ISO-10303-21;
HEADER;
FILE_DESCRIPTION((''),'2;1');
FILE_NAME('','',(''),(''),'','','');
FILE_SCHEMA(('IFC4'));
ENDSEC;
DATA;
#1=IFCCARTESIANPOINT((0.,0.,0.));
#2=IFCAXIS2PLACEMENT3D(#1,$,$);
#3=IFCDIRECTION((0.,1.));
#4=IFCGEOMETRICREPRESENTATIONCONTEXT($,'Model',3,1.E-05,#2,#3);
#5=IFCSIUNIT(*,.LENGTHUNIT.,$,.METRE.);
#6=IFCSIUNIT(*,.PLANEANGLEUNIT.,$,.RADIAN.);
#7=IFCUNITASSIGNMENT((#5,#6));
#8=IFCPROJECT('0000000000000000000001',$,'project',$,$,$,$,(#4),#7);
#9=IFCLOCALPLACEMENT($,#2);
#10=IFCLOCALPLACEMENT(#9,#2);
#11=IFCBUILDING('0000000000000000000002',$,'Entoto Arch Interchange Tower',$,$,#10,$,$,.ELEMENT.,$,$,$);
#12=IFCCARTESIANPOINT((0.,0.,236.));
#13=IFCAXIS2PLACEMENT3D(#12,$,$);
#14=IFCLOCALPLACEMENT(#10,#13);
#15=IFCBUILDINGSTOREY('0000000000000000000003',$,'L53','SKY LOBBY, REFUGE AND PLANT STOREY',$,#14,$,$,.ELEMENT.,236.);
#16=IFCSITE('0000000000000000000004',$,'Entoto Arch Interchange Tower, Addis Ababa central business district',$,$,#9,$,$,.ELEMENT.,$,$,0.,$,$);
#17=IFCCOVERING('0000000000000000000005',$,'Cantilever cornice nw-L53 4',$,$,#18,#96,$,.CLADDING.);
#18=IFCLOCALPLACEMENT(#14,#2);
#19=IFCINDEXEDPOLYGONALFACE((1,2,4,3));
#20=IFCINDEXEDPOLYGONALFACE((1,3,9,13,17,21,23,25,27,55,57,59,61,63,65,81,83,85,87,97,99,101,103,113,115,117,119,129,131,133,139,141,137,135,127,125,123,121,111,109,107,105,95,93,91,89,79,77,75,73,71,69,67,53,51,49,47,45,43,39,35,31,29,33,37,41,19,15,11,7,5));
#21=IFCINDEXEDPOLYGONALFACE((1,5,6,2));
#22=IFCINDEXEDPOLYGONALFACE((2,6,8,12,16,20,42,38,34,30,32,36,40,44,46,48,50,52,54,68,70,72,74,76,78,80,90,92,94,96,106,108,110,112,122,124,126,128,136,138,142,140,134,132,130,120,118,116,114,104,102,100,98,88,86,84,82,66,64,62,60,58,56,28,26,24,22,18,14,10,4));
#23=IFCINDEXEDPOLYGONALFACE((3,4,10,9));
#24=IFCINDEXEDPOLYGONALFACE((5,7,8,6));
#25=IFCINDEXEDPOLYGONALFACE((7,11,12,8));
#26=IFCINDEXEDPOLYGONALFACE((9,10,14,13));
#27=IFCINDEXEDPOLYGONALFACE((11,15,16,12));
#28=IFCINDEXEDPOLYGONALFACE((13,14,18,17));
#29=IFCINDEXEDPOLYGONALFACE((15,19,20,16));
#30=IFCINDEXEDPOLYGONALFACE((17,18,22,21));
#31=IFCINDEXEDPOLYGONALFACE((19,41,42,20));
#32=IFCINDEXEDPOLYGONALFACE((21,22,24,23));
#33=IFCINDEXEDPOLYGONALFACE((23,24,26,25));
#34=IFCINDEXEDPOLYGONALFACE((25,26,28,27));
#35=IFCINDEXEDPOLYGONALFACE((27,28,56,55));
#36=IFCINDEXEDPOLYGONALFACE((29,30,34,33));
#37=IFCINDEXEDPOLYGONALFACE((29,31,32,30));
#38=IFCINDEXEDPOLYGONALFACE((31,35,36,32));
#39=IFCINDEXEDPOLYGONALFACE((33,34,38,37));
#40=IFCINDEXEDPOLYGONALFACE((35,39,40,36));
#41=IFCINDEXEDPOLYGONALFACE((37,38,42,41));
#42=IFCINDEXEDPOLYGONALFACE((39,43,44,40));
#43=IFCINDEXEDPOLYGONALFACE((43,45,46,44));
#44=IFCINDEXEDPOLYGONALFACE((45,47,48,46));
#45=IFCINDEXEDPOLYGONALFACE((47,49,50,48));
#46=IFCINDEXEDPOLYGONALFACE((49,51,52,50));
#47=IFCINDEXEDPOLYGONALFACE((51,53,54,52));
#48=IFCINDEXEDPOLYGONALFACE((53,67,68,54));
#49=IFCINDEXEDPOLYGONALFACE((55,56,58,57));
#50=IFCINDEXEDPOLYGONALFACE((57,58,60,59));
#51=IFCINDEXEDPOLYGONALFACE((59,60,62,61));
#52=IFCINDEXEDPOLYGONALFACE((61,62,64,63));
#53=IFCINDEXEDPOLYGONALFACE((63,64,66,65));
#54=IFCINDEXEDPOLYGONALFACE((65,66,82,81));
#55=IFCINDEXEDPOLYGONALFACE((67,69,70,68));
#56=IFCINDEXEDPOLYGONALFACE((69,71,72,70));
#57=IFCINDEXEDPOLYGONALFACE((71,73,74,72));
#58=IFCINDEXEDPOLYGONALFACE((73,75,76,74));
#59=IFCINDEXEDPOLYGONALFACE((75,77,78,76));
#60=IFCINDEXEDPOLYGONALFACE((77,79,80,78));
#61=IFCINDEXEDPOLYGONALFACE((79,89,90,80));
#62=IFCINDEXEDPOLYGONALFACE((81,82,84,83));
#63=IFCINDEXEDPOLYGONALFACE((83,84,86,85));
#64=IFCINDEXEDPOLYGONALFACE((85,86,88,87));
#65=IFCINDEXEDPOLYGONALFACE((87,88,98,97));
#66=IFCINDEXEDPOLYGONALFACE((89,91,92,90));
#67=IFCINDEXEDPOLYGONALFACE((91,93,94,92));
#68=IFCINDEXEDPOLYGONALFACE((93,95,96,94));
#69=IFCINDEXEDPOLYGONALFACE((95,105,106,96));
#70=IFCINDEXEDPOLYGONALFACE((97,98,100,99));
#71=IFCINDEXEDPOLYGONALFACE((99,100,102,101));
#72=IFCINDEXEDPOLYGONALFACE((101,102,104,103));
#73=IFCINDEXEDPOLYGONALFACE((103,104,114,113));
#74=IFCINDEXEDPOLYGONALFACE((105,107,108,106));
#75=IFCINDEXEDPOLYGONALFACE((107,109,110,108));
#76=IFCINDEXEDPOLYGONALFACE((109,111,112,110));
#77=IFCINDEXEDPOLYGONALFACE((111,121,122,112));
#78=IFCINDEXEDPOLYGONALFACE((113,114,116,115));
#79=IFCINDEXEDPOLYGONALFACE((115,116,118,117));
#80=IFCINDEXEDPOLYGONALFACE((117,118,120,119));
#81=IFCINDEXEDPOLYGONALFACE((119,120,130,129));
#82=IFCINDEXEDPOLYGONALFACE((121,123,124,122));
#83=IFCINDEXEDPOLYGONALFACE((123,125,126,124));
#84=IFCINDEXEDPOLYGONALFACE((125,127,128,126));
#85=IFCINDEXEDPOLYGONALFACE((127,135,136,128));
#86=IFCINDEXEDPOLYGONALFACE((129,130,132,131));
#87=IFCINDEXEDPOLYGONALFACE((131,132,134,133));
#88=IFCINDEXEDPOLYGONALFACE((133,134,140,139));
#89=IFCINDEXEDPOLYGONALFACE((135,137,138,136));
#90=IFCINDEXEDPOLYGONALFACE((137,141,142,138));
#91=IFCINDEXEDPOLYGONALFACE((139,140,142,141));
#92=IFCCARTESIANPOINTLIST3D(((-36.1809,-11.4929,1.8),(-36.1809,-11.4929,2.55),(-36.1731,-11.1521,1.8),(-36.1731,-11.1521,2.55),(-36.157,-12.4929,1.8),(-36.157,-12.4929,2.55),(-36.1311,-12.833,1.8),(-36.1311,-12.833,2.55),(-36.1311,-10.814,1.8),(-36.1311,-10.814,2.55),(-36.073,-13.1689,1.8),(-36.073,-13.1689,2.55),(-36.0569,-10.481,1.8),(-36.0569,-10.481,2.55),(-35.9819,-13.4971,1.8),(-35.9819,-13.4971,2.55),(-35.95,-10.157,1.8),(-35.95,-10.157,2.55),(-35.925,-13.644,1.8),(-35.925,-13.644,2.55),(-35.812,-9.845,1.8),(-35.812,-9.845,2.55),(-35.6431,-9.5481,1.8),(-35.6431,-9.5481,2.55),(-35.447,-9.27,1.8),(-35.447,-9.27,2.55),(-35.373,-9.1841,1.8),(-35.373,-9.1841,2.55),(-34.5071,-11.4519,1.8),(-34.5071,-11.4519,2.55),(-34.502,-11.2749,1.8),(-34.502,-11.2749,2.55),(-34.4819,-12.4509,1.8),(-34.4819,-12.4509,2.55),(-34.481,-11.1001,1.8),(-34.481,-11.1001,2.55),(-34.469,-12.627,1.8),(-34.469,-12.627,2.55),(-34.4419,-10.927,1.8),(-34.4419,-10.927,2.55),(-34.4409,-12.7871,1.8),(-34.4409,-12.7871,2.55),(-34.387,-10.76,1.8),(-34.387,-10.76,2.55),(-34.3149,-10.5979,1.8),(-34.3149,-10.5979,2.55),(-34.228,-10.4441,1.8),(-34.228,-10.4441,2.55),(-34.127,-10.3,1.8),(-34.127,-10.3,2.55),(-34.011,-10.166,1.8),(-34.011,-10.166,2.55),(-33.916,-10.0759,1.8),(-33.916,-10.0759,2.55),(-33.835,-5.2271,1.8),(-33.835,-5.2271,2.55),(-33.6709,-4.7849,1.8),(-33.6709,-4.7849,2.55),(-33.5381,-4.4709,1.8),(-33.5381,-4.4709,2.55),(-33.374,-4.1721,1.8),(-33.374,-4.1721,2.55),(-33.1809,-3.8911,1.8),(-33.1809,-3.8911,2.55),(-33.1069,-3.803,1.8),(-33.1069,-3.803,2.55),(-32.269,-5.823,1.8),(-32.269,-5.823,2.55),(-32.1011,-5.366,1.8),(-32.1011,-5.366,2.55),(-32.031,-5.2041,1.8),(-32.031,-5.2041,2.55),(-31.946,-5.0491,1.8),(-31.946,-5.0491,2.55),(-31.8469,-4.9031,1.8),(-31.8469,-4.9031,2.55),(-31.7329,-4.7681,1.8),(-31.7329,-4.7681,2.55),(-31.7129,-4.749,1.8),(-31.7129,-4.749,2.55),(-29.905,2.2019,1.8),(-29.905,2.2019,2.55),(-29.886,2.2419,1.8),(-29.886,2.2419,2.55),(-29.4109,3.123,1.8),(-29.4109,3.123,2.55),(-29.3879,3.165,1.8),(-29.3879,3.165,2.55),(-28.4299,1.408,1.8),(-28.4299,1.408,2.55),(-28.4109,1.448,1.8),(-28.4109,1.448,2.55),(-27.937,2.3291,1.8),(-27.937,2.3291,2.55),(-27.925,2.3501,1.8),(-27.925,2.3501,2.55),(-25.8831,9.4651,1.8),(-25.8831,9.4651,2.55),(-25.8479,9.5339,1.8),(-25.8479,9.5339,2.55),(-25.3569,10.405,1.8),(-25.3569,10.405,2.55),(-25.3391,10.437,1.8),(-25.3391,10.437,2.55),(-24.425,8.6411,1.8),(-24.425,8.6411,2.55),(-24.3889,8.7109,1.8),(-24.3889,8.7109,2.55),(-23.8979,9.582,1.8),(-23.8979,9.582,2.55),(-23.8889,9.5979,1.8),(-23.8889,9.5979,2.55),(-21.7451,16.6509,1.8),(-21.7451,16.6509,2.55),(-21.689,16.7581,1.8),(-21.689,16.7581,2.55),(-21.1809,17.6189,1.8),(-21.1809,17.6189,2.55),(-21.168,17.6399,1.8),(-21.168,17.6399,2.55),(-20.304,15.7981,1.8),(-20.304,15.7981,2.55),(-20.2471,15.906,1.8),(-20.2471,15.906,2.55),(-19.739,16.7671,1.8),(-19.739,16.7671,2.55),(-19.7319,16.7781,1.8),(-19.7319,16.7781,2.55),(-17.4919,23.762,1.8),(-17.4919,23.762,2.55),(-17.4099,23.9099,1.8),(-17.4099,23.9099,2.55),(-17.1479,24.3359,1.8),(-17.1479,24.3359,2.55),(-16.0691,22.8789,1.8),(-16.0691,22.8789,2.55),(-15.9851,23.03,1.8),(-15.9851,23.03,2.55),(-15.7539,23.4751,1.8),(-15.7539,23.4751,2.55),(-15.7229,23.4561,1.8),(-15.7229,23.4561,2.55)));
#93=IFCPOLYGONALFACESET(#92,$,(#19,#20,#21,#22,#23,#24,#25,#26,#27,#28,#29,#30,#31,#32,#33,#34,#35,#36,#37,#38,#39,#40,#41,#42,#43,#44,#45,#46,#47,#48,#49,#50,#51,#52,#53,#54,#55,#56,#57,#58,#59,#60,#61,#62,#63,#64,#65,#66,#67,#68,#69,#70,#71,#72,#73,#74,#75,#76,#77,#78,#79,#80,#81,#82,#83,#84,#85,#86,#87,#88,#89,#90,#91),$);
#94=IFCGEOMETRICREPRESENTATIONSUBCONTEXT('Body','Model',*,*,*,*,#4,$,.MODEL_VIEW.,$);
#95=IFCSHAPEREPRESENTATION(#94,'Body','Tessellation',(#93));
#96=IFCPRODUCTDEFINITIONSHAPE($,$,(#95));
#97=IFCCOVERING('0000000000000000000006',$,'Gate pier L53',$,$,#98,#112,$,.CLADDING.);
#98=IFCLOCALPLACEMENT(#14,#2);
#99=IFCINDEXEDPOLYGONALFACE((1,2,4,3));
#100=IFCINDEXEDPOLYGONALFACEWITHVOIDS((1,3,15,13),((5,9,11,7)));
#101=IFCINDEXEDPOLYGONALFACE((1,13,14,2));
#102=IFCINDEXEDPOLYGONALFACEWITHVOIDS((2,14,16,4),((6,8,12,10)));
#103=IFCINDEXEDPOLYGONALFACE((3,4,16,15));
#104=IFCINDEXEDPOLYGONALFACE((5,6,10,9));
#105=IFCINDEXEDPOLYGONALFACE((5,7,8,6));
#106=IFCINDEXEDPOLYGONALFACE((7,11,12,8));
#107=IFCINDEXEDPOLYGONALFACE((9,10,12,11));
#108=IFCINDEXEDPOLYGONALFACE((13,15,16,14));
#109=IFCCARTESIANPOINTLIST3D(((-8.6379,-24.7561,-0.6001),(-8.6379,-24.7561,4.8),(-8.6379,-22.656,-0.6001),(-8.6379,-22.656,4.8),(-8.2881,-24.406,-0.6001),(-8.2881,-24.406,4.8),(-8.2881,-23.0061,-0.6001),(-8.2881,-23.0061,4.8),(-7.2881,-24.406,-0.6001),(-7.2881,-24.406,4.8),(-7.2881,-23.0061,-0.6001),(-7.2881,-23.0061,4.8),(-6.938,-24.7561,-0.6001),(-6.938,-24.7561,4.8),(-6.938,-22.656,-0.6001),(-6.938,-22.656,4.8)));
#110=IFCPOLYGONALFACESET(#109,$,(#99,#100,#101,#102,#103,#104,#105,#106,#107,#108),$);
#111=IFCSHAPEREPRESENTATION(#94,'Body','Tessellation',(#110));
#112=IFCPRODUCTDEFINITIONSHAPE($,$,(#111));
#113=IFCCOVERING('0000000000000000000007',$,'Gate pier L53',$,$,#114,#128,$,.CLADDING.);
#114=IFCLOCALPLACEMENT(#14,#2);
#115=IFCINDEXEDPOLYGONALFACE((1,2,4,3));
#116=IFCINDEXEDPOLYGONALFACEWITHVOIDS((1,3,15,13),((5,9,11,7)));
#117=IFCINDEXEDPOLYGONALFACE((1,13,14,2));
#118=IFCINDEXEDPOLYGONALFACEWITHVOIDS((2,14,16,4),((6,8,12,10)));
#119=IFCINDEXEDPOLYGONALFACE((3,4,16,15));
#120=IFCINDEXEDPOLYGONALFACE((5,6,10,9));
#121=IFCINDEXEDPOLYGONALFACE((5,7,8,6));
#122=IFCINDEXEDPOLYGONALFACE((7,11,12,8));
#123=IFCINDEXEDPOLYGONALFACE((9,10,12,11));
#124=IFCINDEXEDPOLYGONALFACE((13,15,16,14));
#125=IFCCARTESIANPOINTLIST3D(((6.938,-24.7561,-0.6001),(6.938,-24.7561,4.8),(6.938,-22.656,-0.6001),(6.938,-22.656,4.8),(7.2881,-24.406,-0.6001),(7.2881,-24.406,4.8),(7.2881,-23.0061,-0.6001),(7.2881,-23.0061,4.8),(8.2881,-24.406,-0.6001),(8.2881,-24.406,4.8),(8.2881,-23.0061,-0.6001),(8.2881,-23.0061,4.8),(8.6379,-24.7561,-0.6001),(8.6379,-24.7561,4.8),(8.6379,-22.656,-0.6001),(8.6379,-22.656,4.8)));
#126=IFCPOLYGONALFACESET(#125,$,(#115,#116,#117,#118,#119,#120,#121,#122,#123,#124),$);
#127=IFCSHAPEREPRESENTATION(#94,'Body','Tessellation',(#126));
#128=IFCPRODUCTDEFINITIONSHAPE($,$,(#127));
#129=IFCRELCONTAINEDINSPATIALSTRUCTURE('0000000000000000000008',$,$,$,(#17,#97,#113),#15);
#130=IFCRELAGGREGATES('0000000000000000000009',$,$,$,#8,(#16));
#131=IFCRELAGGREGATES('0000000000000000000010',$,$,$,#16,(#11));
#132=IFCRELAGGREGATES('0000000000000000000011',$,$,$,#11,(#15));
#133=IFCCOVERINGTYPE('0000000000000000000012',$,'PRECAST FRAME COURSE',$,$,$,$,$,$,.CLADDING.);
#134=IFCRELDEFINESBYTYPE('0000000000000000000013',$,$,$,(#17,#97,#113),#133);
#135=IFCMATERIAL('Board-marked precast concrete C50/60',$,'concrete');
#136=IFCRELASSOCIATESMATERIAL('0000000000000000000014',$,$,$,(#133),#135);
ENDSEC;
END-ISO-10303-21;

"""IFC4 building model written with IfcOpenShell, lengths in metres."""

from ifc_helpers import new_model, si_unit, direction, frame, origin, place, context, subcontext, project, spatial, polyline, outline, extrude, material, type_object, element, save


model = new_model("IFC4")

# Units and contexts
model_context = context("Model", 3, precision=1e-05, world=origin(), true_north=direction((0.0, 1.0)))
body_context = subcontext(model_context, "Body", "Model", "MODEL_VIEW")
ifc_project = project(units=[si_unit("LENGTHUNIT", "METRE"), si_unit("PLANEANGLEUNIT", "RADIAN")], contexts=[model_context])

# Site, building, storey
site_placement = place(None, origin())
site = spatial("IfcSite", under=ifc_project, at=site_placement, Name="Entoto Arch Interchange Tower, Addis Ababa central business district", CompositionType="ELEMENT", RefElevation=0.0)
building_placement = place(site_placement, origin())
building = spatial("IfcBuilding", under=site, at=building_placement, Name="Entoto Arch Interchange Tower", CompositionType="ELEMENT")
storey_placement = place(building_placement, frame((0.0, 0.0, 236.0)))
storey = spatial("IfcBuildingStorey", under=building, at=storey_placement, Name="L53", Description="SKY LOBBY, REFUGE AND PLANT STOREY", CompositionType="ELEMENT", Elevation=236.0)

# Coverings
ifc_material_1 = material(Name="Board-marked precast concrete C50/60", Category="concrete")
covering_type = type_object("IfcCoveringType", Name="PRECAST FRAME COURSE", PredefinedType="CLADDING", material=ifc_material_1)
covering_1_placement = place(storey_placement, frame((0.0, 0.0, 1.8)))
element("IfcCovering", 1, at=covering_1_placement, inside=storey, type_object=covering_type, Name="Cantilever cornice nw-L53 4", PredefinedType="CLADDING", context=body_context, shape_type="SweptSolid", body=[
    extrude(outline(polyline([(-15.7539, 23.4751), (-15.7539, 23.4751), (-15.7229, 23.4561), (-15.9851, 23.03), (-16.0691, 22.8789), (-19.7319, 16.7781), (-19.739, 16.7671), (-20.2471, 15.906), (-20.304, 15.7981), (-23.8889, 9.5979), (-23.8979, 9.582), (-24.3889, 8.7109), (-24.425, 8.6411), (-27.925, 2.3501), (-27.937, 2.3291), (-28.4109, 1.448), (-28.4299, 1.408), (-31.7129, -4.749), (-31.7329, -4.7681), (-31.8469, -4.9031), (-31.946, -5.0491), (-32.031, -5.2041), (-32.1011, -5.366), (-32.269, -5.823), (-33.916, -10.0759), (-34.011, -10.166), (-34.127, -10.3), (-34.228, -10.4441), (-34.3149, -10.5979), (-34.387, -10.76), (-34.4419, -10.927), (-34.481, -11.1001), (-34.502, -11.2749), (-34.5071, -11.4519), (-34.4819, -12.4509), (-34.469, -12.627), (-34.4409, -12.7871), (-35.925, -13.644), (-35.9819, -13.4971), (-36.073, -13.1689), (-36.1311, -12.833), (-36.157, -12.4929), (-36.1809, -11.4929), (-36.1731, -11.1521), (-36.1311, -10.814), (-36.0569, -10.481), (-35.95, -10.157), (-35.812, -9.845), (-35.6431, -9.5481), (-35.447, -9.27), (-35.373, -9.1841), (-33.835, -5.2271), (-33.6709, -4.7849), (-33.5381, -4.4709), (-33.374, -4.1721), (-33.1809, -3.8911), (-33.1069, -3.803), (-29.905, 2.2019), (-29.886, 2.2419), (-29.4109, 3.123), (-29.3879, 3.165), (-25.8831, 9.4651), (-25.8479, 9.5339), (-25.3569, 10.405), (-25.3391, 10.437), (-21.7451, 16.6509), (-21.689, 16.7581), (-21.1809, 17.6189), (-21.168, 17.6399), (-17.4919, 23.762), (-17.4099, 23.9099), (-17.1479, 24.3359), (-15.7539, 23.4751)])), origin(), (0.0, 0.0, 1.0), 0.75),
])
covering_2_placement = place(storey_placement, frame((0.0, 0.0, -0.6001)))
element("IfcCovering", 2, at=covering_2_placement, inside=storey, type_object=covering_type, Name="Gate pier L53", PredefinedType="CLADDING", context=body_context, shape_type="SweptSolid", body=[
    extrude(outline(polyline([(-8.6379, -22.656), (-6.938, -22.656), (-6.938, -24.7561), (-8.6379, -24.7561), (-8.6379, -22.656)]), holes=[polyline([(-8.2881, -23.0061), (-8.2881, -24.406), (-7.2881, -24.406), (-7.2881, -23.0061), (-8.2881, -23.0061)])]), origin(), (0.0, 0.0, 1.0), 5.4001),
])
covering_3_placement = place(storey_placement, frame((0.0, 0.0, -0.6001)))
element("IfcCovering", 3, at=covering_3_placement, inside=storey, type_object=covering_type, Name="Gate pier L53", PredefinedType="CLADDING", context=body_context, shape_type="SweptSolid", body=[
    extrude(outline(polyline([(6.938, -22.656), (8.6379, -22.656), (8.6379, -24.7561), (6.938, -24.7561), (6.938, -22.656)]), holes=[polyline([(7.2881, -23.0061), (7.2881, -24.406), (8.2881, -24.406), (8.2881, -23.0061), (7.2881, -23.0061)])]), origin(), (0.0, 0.0, 1.0), 5.4001),
])

save(model, "model.ifc")
